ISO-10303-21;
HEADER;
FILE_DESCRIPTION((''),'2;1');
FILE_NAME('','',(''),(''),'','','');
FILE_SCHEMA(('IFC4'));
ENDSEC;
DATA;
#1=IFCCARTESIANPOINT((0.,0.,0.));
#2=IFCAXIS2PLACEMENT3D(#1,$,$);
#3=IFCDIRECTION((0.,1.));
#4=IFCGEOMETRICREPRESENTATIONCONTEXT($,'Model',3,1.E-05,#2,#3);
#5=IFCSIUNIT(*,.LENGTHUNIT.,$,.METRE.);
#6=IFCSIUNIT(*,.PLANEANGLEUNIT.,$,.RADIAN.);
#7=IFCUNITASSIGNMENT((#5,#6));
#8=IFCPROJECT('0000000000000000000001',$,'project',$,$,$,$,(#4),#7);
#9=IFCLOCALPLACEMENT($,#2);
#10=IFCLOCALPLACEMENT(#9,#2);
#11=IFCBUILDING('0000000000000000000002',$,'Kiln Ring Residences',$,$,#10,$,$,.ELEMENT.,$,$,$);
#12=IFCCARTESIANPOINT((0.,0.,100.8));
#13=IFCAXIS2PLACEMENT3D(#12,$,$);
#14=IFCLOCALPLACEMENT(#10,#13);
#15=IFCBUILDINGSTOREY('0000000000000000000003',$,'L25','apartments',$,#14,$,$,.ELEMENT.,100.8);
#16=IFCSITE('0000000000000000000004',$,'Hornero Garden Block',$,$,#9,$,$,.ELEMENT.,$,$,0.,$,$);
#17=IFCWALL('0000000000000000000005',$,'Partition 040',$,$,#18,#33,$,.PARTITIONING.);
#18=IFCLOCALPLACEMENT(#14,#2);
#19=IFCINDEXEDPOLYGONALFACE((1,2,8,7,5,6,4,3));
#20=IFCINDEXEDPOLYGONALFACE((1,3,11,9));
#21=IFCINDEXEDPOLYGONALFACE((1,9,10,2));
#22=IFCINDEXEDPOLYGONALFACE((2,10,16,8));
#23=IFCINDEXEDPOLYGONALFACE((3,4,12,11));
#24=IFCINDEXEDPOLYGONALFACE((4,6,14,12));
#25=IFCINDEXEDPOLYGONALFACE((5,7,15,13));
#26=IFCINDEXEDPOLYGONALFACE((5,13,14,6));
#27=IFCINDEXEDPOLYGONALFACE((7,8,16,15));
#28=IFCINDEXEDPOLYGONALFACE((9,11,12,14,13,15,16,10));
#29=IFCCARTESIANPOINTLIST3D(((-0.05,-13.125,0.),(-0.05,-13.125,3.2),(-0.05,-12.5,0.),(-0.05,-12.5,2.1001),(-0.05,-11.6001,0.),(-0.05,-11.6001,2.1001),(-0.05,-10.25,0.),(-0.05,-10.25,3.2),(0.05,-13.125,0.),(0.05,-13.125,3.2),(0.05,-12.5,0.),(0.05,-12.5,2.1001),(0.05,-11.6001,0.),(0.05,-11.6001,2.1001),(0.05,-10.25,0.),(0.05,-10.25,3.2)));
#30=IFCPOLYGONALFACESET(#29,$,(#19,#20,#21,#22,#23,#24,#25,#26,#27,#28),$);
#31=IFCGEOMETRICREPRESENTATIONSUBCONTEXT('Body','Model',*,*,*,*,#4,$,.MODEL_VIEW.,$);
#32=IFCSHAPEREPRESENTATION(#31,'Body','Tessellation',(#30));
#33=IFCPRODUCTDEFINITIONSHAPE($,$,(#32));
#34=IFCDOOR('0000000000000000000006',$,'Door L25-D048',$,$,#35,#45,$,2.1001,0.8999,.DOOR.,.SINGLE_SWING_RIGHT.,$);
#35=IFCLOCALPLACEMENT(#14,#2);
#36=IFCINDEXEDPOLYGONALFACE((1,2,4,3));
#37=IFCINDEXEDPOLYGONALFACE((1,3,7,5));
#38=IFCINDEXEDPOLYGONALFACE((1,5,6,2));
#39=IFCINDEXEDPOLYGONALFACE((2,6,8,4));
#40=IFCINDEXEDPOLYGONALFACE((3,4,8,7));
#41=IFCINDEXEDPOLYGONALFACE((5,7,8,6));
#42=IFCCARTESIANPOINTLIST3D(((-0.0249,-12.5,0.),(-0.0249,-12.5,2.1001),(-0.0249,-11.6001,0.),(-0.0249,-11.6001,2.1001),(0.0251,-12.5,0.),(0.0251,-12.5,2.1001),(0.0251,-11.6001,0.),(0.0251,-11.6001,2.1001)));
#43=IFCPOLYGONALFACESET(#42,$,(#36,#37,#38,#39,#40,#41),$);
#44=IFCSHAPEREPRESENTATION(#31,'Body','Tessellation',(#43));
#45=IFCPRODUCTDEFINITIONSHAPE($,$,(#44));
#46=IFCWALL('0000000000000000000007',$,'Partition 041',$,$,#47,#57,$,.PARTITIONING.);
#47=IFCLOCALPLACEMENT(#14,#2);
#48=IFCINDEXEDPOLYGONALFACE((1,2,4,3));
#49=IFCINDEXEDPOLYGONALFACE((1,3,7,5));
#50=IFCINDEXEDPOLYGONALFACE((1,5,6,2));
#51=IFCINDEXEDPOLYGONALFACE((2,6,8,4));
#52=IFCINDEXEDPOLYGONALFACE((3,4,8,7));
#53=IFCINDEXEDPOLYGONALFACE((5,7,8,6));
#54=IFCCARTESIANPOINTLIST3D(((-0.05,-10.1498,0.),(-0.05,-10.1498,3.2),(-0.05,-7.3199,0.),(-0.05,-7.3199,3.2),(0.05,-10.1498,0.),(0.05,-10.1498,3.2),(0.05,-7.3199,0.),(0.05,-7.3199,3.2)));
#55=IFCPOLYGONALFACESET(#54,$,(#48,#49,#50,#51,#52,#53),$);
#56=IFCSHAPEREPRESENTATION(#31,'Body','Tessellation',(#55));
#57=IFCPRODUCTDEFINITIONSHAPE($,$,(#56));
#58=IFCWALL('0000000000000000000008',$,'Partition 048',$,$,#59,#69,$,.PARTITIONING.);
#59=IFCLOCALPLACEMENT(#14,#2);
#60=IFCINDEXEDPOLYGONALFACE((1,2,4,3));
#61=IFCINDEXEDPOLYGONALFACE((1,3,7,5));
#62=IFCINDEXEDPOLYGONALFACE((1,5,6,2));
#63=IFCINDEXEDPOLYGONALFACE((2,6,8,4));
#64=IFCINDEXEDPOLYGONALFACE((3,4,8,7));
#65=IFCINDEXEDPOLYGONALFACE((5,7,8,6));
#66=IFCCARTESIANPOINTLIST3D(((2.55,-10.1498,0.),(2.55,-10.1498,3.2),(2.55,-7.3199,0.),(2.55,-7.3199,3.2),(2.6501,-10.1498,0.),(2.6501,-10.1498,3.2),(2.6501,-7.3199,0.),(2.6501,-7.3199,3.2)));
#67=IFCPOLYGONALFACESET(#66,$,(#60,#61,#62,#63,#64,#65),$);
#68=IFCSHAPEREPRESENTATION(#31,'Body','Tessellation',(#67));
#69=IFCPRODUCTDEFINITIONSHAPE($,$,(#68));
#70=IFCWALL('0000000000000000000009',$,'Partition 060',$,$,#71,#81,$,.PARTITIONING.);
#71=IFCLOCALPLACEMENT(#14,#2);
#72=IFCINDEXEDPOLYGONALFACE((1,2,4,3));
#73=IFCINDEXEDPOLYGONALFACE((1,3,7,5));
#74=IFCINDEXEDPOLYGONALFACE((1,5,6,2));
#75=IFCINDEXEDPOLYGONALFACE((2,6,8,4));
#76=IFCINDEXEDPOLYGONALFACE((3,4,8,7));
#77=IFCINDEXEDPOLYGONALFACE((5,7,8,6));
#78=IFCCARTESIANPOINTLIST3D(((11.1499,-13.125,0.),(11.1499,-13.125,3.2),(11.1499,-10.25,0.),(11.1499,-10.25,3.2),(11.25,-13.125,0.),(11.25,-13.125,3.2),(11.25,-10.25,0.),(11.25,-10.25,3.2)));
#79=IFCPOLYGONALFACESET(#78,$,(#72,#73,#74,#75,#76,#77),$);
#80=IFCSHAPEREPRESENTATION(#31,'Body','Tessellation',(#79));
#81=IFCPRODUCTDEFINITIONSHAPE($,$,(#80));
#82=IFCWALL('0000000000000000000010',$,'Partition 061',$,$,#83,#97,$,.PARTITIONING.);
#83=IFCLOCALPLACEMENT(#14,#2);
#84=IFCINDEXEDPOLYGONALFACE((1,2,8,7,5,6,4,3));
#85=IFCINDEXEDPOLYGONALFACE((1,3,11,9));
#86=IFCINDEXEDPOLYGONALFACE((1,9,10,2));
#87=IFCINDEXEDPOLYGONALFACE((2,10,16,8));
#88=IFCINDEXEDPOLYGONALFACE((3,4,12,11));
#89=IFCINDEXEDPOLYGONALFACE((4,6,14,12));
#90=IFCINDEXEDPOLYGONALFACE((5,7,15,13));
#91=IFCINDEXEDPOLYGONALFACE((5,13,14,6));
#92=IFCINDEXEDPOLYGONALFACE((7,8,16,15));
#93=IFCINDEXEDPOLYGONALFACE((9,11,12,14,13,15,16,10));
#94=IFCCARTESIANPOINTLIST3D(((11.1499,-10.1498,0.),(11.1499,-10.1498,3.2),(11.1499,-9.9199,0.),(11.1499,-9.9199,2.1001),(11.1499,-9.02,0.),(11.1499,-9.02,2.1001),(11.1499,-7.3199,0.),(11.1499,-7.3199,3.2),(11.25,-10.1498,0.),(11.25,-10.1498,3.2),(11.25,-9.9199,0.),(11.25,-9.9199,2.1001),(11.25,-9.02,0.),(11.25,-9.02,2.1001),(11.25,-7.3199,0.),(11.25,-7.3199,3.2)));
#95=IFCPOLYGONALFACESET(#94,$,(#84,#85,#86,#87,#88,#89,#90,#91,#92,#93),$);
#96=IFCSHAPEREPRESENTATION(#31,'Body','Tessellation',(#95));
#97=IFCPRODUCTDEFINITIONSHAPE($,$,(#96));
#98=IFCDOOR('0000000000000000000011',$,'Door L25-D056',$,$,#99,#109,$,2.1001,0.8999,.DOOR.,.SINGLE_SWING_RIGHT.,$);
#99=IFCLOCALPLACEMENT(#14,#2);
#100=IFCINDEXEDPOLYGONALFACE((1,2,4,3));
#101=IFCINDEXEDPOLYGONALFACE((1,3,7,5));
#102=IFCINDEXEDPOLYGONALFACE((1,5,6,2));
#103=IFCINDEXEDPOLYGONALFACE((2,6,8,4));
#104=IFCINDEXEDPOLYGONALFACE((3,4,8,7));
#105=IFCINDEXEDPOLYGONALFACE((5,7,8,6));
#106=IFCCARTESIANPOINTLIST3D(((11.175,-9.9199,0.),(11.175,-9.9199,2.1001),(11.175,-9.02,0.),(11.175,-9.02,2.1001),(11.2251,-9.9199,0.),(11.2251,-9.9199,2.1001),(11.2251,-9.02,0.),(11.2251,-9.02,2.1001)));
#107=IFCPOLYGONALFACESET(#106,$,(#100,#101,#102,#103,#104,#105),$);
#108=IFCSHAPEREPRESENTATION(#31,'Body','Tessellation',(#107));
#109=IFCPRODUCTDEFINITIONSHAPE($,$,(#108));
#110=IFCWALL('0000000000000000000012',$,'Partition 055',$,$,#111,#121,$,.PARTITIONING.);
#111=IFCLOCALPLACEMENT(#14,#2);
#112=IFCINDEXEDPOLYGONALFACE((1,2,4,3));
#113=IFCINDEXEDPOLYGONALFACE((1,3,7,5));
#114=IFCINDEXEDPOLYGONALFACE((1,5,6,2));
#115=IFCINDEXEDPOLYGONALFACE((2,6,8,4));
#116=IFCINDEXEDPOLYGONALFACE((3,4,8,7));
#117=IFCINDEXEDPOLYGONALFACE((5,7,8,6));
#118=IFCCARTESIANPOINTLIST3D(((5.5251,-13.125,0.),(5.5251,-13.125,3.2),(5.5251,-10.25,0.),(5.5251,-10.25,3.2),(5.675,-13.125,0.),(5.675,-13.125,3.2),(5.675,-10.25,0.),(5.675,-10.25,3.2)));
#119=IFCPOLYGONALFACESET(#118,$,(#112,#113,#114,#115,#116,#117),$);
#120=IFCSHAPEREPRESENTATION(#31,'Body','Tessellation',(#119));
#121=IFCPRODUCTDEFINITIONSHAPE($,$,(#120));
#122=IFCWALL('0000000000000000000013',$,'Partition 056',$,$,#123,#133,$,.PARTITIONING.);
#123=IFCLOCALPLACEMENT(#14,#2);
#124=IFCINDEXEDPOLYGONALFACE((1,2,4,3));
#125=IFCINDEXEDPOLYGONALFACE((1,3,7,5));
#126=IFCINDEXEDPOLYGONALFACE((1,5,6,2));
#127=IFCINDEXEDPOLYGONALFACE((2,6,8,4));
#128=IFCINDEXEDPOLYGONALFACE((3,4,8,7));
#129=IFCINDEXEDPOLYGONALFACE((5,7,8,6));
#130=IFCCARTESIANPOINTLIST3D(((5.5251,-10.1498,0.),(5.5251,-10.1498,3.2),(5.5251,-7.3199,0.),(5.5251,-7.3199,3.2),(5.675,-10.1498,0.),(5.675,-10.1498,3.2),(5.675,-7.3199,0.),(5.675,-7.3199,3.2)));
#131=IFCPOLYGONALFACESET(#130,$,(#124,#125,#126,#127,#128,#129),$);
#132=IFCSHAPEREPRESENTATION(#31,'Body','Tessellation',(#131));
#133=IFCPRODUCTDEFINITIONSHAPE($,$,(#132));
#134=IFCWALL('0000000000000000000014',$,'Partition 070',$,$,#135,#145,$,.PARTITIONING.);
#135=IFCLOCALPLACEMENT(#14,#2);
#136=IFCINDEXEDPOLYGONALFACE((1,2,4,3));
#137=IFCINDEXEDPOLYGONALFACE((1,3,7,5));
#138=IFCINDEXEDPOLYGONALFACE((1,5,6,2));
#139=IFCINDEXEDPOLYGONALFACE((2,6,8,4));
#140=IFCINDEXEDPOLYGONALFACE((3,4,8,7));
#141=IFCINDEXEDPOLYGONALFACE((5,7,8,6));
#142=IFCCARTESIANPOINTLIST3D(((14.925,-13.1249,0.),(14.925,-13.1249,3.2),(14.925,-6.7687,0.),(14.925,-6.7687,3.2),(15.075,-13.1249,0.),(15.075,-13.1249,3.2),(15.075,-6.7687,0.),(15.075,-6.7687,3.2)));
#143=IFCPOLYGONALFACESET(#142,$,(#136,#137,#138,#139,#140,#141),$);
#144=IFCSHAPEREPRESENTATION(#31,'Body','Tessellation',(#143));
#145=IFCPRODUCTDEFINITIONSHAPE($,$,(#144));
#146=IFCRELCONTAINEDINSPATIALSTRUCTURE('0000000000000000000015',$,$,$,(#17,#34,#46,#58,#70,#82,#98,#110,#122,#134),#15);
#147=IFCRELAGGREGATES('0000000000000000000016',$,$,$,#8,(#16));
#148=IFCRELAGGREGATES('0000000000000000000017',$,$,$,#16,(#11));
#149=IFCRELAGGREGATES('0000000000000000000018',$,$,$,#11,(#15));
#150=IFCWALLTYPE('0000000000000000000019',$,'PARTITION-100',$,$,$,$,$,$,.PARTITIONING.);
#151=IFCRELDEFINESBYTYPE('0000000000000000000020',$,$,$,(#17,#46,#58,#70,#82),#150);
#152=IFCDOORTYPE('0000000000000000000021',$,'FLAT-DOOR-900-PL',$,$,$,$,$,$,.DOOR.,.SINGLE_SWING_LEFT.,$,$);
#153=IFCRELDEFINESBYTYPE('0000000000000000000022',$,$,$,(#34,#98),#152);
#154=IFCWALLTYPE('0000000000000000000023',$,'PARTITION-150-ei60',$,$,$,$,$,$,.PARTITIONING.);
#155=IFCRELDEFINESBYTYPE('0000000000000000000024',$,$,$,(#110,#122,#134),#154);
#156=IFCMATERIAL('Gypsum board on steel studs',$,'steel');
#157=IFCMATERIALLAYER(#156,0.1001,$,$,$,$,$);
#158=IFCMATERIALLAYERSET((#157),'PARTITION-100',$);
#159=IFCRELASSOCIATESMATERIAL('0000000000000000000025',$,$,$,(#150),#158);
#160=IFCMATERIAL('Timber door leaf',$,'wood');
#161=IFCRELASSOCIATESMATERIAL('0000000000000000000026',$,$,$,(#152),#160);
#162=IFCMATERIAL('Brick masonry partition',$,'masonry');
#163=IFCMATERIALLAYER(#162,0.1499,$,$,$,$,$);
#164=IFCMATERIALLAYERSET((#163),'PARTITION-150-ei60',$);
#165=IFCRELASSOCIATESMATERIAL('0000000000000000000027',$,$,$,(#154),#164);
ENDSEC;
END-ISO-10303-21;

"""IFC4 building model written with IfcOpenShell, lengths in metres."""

from ifc_helpers import new_model, si_unit, direction, frame, frame_2d, origin, place, context, subcontext, project, spatial, rectangle, extrude, material, layer, layer_set, type_object, element, fill, save


model = new_model("IFC4")

# Units and contexts
model_context = context("Model", 3, precision=1e-05, world=origin(), true_north=direction((0.0, 1.0)))
body_context = subcontext(model_context, "Body", "Model", "MODEL_VIEW")
ifc_project = project(units=[si_unit("LENGTHUNIT", "METRE"), si_unit("PLANEANGLEUNIT", "RADIAN")], contexts=[model_context])

# Site, building, storey
site_placement = place(None, origin())
site = spatial("IfcSite", under=ifc_project, at=site_placement, Name="Hornero Garden Block", CompositionType="ELEMENT", RefElevation=0.0)
building_placement = place(site_placement, origin())
building = spatial("IfcBuilding", under=site, at=building_placement, Name="Kiln Ring Residences", CompositionType="ELEMENT")
storey_placement = place(building_placement, frame((0.0, 0.0, 100.8)))
storey = spatial("IfcBuildingStorey", under=building, at=storey_placement, Name="L25", Description="apartments", CompositionType="ELEMENT", Elevation=100.8)

# Wall, opening, door
ifc_material_1 = material(Name="Gypsum board on steel studs", Category="steel")
ifc_layer_1 = layer(ifc_material_1, 0.1001)
ifc_layer_set_1 = layer_set([ifc_layer_1], Name="PARTITION-100")
wall_type_1 = type_object("IfcWallType", Name="PARTITION-100", PredefinedType="PARTITIONING", material=ifc_layer_set_1)
wall_1_placement = place(storey_placement, frame((0.0, -13.125, 0.0), z_axis=(0.0, 0.0, 1.0), x_axis=(0.0, 1.0, 0.0)))
wall_1 = element("IfcWall", 1, at=wall_1_placement, inside=storey, type_object=wall_type_1, Name="Partition 040", PredefinedType="PARTITIONING", context=body_context, shape_type="SweptSolid", body=[
    extrude(rectangle(XDim=2.875, YDim=0.1001, at=frame_2d((1.4375, 0.0))), origin(), (0.0, 0.0, 1.0), 3.2),
])
opening_1_placement = place(wall_1_placement, frame((0.625, 0.0, 0.0)))
opening_1 = element("IfcOpeningElement", 2, at=opening_1_placement, cuts=wall_1, PredefinedType="OPENING", context=body_context, shape_type="SweptSolid", body=[
    extrude(rectangle(XDim=0.8999, YDim=2.1001, at=frame_2d((0.45, 1.05))), frame((0.0, 0.0601, 0.0), z_axis=(0.0, -1.0, 0.0), x_axis=(1.0, 0.0, 0.0)), (0.0, 0.0, 1.0), 0.1201),
])
ifc_material_2 = material(Name="Timber door leaf", Category="wood")
door_type = type_object("IfcDoorType", Name="FLAT-DOOR-900-PL", OperationType="SINGLE_SWING_LEFT", PredefinedType="DOOR", material=ifc_material_2)
door_1_placement = place(opening_1_placement, origin())
door_1 = element("IfcDoor", 3, at=door_1_placement, inside=storey, type_object=door_type, Name="Door L25-D048", OperationType="SINGLE_SWING_RIGHT", OverallHeight=2.1001, OverallWidth=0.8999, PredefinedType="DOOR", context=body_context, shape_type="SweptSolid", body=[
    extrude(rectangle(XDim=0.8999, YDim=2.1001, at=frame_2d((0.45, 1.05))), frame((0.0, 0.0249, 0.0), z_axis=(0.0, -1.0, 0.0), x_axis=(1.0, 0.0, 0.0)), (0.0, 0.0, 1.0), 0.05),
])
fill(opening_1, door_1)

# Walls
for number, where, z_axis, x_axis, name in (
    (4, (0.0, -10.1499, 0.0), (0.0, 0.0, 1.0), (0.0, 1.0, 0.0), "Partition 041"),
    (5, (2.6001, -10.1499, 0.0), (0.0, 0.0, 1.0), (0.0, 1.0, 0.0), "Partition 048"),
):
    element("IfcWall", number, at=place(storey_placement, frame(where, z_axis=z_axis, x_axis=x_axis)), inside=storey, type_object=wall_type_1, Name=name, PredefinedType="PARTITIONING", context=body_context, shape_type="SweptSolid", body=[
        extrude(rectangle(XDim=2.8298, YDim=0.1001, at=frame_2d((1.415, 0.0))), origin(), (0.0, 0.0, 1.0), 3.2),
    ])
wall_2_placement = place(storey_placement, frame((11.2, -13.125, 0.0), z_axis=(0.0, 0.0, 1.0), x_axis=(0.0, 1.0, 0.0)))
element("IfcWall", 6, at=wall_2_placement, inside=storey, type_object=wall_type_1, Name="Partition 060", PredefinedType="PARTITIONING", context=body_context, shape_type="SweptSolid", body=[
    extrude(rectangle(XDim=2.875, YDim=0.1001, at=frame_2d((1.4375, 0.0))), origin(), (0.0, 0.0, 1.0), 3.2),
])

# Wall, opening, door
wall_3_placement = place(storey_placement, frame((11.2, -10.1499, 0.0), z_axis=(0.0, 0.0, 1.0), x_axis=(0.0, 1.0, 0.0)))
wall_3 = element("IfcWall", 7, at=wall_3_placement, inside=storey, type_object=wall_type_1, Name="Partition 061", PredefinedType="PARTITIONING", context=body_context, shape_type="SweptSolid", body=[
    extrude(rectangle(XDim=2.8298, YDim=0.1001, at=frame_2d((1.415, 0.0))), origin(), (0.0, 0.0, 1.0), 3.2),
])
opening_2_placement = place(wall_3_placement, frame((0.23, 0.0, 0.0)))
opening_2 = element("IfcOpeningElement", 8, at=opening_2_placement, cuts=wall_3, PredefinedType="OPENING", context=body_context, shape_type="SweptSolid", body=[
    extrude(rectangle(XDim=0.8999, YDim=2.1001, at=frame_2d((0.45, 1.05))), frame((0.0, 0.0601, 0.0), z_axis=(0.0, -1.0, 0.0), x_axis=(1.0, 0.0, 0.0)), (0.0, 0.0, 1.0), 0.1201),
])
door_2_placement = place(opening_2_placement, origin())
door_2 = element("IfcDoor", 9, at=door_2_placement, inside=storey, type_object=door_type, Name="Door L25-D056", OperationType="SINGLE_SWING_RIGHT", OverallHeight=2.1001, OverallWidth=0.8999, PredefinedType="DOOR", context=body_context, shape_type="SweptSolid", body=[
    extrude(rectangle(XDim=0.8999, YDim=2.1001, at=frame_2d((0.45, 1.05))), frame((0.0, 0.0249, 0.0), z_axis=(0.0, -1.0, 0.0), x_axis=(1.0, 0.0, 0.0)), (0.0, 0.0, 1.0), 0.05),
])
fill(opening_2, door_2)

# Walls
ifc_material_3 = material(Name="Brick masonry partition", Category="masonry")
ifc_layer_2 = layer(ifc_material_3, 0.1499)
ifc_layer_set_2 = layer_set([ifc_layer_2], Name="PARTITION-150-ei60")
wall_type_2 = type_object("IfcWallType", Name="PARTITION-150-ei60", PredefinedType="PARTITIONING", material=ifc_layer_set_2)
wall_4_placement = place(storey_placement, frame((5.6001, -13.125, 0.0), z_axis=(0.0, 0.0, 1.0), x_axis=(0.0, 1.0, 0.0)))
element("IfcWall", 10, at=wall_4_placement, inside=storey, type_object=wall_type_2, Name="Partition 055", PredefinedType="PARTITIONING", context=body_context, shape_type="SweptSolid", body=[
    extrude(rectangle(XDim=2.875, YDim=0.1499, at=frame_2d((1.4375, 0.0))), origin(), (0.0, 0.0, 1.0), 3.2),
])
wall_5_placement = place(storey_placement, frame((5.6001, -10.1499, 0.0), z_axis=(0.0, 0.0, 1.0), x_axis=(0.0, 1.0, 0.0)))
element("IfcWall", 11, at=wall_5_placement, inside=storey, type_object=wall_type_2, Name="Partition 056", PredefinedType="PARTITIONING", context=body_context, shape_type="SweptSolid", body=[
    extrude(rectangle(XDim=2.8298, YDim=0.1499, at=frame_2d((1.415, 0.0))), origin(), (0.0, 0.0, 1.0), 3.2),
])
wall_6_placement = place(storey_placement, frame((15.0, -13.125, 0.0), z_axis=(0.0, 0.0, 1.0), x_axis=(0.0, 1.0, 0.0)))
element("IfcWall", 12, at=wall_6_placement, inside=storey, type_object=wall_type_2, Name="Partition 070", PredefinedType="PARTITIONING", context=body_context, shape_type="SweptSolid", body=[
    extrude(rectangle(XDim=6.3562, YDim=0.1499, at=frame_2d((3.1782, 0.0))), origin(), (0.0, 0.0, 1.0), 3.2),
])

save(model, "model.ifc")
